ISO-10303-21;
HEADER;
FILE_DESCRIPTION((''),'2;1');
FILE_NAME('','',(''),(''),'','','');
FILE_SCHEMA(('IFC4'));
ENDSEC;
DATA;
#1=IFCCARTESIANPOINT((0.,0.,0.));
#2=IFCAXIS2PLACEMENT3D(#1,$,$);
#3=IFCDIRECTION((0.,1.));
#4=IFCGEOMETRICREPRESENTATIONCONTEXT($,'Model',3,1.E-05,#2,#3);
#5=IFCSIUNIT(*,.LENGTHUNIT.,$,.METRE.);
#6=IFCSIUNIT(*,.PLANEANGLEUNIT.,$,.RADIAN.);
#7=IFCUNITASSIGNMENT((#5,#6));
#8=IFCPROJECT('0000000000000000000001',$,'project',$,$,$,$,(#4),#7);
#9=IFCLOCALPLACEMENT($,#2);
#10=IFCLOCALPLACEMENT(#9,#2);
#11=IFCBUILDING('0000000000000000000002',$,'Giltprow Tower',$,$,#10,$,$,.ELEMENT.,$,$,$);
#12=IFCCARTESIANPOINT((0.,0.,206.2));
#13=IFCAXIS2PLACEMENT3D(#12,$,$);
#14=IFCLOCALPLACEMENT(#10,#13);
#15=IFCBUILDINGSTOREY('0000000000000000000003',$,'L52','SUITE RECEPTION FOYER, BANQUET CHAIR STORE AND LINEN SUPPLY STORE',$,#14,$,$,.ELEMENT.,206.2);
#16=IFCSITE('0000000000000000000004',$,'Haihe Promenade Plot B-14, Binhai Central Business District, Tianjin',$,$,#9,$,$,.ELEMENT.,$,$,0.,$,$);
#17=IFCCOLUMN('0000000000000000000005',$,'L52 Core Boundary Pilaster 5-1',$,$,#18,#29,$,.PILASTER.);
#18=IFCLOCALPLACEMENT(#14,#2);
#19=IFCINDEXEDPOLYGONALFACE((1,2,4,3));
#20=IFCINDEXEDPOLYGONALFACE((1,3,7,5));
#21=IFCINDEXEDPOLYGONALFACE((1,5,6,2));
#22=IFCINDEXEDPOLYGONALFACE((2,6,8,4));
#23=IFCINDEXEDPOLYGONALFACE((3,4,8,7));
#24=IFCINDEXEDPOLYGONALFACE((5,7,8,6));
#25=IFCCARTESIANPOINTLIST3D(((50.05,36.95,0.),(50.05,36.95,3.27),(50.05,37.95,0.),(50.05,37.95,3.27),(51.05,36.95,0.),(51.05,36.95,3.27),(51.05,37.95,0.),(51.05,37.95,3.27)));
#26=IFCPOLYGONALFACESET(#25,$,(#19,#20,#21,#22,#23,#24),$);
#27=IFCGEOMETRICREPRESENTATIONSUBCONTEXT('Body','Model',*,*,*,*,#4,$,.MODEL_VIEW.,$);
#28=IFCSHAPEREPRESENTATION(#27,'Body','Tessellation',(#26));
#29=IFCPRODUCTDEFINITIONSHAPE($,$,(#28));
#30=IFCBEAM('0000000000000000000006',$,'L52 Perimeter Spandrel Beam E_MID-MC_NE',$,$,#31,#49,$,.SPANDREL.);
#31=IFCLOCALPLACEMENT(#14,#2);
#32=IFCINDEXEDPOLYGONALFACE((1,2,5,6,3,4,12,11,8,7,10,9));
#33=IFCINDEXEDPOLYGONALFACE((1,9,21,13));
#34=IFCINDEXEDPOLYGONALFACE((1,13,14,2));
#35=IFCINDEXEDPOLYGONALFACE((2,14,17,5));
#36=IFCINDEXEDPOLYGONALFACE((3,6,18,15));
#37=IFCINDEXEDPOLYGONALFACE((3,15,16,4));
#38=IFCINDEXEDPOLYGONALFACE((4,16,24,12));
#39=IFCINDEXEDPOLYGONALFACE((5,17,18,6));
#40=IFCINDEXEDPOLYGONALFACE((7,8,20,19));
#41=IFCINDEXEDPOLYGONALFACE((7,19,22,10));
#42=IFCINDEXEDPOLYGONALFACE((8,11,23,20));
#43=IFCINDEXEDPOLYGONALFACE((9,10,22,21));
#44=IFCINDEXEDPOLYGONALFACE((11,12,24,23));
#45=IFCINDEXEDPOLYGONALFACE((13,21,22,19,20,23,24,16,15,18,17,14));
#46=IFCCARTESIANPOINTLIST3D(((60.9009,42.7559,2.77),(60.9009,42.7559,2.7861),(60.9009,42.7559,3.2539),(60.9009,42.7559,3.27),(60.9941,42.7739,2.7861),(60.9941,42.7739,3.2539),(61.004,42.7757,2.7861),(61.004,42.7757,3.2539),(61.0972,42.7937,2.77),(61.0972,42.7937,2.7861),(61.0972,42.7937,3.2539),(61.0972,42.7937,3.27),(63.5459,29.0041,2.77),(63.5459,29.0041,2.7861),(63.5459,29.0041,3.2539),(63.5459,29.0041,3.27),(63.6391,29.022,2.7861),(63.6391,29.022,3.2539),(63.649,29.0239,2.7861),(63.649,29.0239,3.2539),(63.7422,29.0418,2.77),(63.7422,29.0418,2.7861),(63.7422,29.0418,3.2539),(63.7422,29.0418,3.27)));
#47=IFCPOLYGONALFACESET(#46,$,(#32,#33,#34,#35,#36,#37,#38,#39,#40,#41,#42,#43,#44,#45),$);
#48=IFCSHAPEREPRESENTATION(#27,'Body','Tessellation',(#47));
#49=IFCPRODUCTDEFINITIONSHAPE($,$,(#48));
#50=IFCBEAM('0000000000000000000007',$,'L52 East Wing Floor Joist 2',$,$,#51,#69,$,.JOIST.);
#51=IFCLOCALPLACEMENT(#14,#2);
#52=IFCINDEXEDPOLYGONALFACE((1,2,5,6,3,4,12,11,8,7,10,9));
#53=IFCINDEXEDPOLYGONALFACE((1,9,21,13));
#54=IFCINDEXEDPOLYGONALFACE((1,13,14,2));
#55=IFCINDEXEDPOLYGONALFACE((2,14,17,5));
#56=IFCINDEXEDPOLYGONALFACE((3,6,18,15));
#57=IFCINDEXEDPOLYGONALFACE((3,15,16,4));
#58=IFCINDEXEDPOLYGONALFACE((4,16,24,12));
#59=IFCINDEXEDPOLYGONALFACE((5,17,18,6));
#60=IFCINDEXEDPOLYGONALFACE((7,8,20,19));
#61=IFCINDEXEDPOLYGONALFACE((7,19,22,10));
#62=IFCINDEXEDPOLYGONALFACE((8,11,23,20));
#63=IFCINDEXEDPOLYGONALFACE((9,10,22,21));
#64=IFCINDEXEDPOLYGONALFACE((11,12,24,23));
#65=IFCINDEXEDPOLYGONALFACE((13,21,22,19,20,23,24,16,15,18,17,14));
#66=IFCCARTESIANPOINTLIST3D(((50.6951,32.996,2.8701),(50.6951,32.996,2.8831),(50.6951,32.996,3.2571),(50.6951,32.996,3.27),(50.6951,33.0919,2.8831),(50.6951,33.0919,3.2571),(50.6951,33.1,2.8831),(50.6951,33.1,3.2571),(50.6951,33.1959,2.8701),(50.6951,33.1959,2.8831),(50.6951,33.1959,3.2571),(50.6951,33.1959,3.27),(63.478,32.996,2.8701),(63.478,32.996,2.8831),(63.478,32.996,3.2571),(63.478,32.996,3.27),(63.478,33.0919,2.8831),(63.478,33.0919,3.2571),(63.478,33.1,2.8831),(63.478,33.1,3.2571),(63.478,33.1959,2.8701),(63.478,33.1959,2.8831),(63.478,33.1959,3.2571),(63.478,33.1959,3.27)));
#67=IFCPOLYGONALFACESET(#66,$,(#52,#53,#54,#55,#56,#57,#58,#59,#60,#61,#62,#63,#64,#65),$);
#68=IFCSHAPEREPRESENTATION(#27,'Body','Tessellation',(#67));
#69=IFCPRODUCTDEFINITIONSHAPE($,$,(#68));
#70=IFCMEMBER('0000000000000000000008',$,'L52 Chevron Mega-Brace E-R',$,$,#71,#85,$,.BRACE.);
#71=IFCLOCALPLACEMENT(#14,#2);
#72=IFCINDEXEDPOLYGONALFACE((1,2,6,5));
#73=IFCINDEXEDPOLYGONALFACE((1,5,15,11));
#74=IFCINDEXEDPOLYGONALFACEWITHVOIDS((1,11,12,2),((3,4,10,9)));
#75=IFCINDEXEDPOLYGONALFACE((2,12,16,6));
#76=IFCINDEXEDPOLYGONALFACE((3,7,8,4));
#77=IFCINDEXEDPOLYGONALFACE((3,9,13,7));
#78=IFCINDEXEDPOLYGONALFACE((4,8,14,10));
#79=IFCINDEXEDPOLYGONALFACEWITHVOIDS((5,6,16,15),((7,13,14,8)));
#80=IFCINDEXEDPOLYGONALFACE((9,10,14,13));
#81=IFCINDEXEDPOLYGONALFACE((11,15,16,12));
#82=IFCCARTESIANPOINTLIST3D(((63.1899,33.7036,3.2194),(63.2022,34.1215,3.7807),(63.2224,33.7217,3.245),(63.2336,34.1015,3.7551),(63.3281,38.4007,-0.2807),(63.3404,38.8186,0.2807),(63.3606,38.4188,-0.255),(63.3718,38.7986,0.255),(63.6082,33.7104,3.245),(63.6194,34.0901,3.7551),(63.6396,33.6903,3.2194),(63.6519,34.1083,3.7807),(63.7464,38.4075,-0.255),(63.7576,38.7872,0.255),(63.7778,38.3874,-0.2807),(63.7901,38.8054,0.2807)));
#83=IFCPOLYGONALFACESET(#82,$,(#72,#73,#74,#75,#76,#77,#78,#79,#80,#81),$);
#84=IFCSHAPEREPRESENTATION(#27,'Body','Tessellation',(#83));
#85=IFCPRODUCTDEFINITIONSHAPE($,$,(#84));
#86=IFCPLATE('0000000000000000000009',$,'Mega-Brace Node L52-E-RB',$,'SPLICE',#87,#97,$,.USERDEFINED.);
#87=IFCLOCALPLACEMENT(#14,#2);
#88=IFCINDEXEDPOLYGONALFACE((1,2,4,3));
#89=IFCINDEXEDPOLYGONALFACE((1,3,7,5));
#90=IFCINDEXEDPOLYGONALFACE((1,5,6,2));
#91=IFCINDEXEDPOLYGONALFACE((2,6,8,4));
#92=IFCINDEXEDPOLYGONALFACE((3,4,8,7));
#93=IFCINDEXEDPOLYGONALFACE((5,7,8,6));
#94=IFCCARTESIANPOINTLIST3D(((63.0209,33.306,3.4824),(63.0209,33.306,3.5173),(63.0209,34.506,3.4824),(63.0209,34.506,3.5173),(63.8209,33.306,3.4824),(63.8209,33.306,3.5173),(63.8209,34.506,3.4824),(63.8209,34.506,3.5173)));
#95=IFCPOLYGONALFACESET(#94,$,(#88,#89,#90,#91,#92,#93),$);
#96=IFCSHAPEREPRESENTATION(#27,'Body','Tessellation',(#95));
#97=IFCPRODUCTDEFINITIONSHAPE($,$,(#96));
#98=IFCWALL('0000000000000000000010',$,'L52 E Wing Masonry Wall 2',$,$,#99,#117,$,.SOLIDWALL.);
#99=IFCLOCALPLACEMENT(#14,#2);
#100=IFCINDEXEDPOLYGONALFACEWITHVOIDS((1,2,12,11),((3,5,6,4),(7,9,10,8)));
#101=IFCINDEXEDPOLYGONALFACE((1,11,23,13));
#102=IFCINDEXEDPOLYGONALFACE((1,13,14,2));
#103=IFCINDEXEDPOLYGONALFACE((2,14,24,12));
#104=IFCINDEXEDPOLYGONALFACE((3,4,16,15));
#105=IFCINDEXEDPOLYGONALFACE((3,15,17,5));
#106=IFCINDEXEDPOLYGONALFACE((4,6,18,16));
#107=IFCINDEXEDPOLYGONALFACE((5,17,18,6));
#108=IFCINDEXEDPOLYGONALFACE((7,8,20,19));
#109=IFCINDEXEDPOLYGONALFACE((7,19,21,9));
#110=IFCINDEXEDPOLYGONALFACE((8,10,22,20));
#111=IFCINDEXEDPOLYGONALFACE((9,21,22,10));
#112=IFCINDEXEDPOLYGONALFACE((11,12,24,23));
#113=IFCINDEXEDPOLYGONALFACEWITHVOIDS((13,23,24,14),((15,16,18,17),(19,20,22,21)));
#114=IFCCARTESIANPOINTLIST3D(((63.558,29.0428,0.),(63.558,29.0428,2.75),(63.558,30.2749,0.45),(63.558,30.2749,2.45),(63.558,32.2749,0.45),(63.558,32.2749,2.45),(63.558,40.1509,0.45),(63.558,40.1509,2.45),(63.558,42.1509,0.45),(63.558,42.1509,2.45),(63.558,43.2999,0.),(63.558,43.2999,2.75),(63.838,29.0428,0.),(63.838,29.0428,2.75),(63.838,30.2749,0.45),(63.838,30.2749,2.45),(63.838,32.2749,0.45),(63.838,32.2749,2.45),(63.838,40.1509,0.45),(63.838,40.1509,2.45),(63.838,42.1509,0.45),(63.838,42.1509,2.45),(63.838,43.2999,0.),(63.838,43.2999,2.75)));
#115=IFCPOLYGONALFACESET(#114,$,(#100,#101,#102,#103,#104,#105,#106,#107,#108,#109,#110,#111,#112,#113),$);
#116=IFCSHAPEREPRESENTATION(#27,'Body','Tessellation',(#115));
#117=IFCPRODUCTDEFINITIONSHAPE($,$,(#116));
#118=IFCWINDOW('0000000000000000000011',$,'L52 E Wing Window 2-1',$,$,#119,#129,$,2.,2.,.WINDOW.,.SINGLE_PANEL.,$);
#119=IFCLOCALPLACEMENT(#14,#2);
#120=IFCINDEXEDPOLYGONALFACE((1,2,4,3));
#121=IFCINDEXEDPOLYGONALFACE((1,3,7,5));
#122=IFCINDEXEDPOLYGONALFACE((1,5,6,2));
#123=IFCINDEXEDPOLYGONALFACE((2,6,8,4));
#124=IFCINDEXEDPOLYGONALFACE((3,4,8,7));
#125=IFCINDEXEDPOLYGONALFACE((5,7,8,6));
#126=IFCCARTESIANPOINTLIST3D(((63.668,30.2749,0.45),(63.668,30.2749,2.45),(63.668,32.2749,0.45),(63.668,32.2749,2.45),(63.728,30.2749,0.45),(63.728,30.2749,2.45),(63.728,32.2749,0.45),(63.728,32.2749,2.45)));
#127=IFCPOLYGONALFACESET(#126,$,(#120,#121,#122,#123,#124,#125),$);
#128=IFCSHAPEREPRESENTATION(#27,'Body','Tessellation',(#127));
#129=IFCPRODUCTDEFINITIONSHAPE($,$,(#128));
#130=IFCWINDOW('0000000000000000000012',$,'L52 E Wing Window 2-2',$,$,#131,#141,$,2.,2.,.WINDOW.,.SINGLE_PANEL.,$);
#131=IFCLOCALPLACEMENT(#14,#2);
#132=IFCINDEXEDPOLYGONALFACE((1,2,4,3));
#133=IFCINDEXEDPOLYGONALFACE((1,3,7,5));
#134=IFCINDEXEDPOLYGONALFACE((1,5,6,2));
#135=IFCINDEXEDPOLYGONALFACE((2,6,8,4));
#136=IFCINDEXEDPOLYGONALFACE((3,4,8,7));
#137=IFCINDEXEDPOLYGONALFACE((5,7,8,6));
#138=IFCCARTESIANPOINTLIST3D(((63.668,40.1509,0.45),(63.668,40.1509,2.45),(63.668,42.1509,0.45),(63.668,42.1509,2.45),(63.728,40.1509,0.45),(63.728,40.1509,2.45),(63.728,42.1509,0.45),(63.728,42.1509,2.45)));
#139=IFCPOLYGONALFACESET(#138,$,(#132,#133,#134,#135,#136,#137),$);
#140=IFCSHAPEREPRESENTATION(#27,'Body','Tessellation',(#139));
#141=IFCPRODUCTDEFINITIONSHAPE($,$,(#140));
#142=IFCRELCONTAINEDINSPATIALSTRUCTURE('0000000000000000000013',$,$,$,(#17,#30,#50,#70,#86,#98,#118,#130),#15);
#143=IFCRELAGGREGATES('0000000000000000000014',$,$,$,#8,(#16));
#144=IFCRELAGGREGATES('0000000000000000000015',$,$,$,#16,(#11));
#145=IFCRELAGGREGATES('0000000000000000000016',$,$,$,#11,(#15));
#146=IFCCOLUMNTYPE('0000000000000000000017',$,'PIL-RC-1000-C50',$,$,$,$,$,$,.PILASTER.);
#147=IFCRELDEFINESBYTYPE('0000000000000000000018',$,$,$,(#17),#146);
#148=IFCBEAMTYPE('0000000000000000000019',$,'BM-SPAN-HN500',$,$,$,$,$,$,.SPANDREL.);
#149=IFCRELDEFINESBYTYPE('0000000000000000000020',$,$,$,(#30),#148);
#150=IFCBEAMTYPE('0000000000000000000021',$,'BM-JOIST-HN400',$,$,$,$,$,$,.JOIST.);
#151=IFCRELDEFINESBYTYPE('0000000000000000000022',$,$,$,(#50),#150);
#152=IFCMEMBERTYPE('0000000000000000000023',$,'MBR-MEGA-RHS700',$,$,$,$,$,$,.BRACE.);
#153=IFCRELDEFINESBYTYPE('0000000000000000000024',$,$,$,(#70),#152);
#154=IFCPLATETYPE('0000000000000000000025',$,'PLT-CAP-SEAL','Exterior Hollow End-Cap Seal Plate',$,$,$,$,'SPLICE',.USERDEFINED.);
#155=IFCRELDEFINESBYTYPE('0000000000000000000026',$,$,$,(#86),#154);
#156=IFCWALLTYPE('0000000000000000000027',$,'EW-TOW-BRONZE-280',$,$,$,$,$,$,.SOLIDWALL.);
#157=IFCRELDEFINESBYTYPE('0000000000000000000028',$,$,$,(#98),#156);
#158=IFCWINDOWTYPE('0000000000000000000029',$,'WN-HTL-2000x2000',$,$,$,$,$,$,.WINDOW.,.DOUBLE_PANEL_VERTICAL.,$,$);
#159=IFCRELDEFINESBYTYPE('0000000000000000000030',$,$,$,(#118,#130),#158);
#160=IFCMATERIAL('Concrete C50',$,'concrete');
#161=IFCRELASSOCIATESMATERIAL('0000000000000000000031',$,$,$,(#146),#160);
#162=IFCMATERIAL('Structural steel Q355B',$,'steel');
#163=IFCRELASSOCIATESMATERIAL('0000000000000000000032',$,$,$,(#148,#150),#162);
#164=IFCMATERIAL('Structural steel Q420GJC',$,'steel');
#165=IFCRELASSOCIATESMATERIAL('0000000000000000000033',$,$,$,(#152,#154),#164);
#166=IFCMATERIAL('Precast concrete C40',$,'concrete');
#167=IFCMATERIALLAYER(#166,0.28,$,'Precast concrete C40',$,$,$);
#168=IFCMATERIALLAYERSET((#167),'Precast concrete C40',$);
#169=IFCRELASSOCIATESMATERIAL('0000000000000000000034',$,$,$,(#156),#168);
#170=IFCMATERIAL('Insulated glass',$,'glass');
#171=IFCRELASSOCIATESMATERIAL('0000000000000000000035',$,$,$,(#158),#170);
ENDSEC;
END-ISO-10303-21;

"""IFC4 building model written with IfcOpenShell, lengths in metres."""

from ifc_helpers import new_model, si_unit, direction, frame, frame_2d, origin, origin_2d, place, context, subcontext, project, spatial, rectangle, hollow_rectangle, i_section, extrude, source, transform, mapped, material, layer, layer_set, material_profile, profile_set, type_object, element, fill, save


model = new_model("IFC4")

# Units and contexts
model_context = context("Model", 3, precision=1e-05, world=origin(), true_north=direction((0.0, 1.0)))
body_context = subcontext(model_context, "Body", "Model", "MODEL_VIEW")
ifc_project = project(units=[si_unit("LENGTHUNIT", "METRE"), si_unit("PLANEANGLEUNIT", "RADIAN")], contexts=[model_context])

# Site, building, storey
site_placement = place(None, origin())
site = spatial("IfcSite", under=ifc_project, at=site_placement, Name="Haihe Promenade Plot B-14, Binhai Central Business District, Tianjin", CompositionType="ELEMENT", RefElevation=0.0)
building_placement = place(site_placement, origin())
building = spatial("IfcBuilding", under=site, at=building_placement, Name="Giltprow Tower", CompositionType="ELEMENT")
storey_placement = place(building_placement, frame((0.0, 0.0, 206.2)))
storey = spatial("IfcBuildingStorey", under=building, at=storey_placement, Name="L52", Description="SUITE RECEPTION FOYER, BANQUET CHAIR STORE AND LINEN SUPPLY STORE", CompositionType="ELEMENT", Elevation=206.2)

# Column
ifc_material_1 = material(Name="Concrete C50", Category="concrete")
ifc_material_profile_1 = material_profile(ifc_material_1, rectangle(XDim=1.0, YDim=1.0, at=origin_2d()), Name="RC 1000x1000")
ifc_profile_set_1 = profile_set([ifc_material_profile_1], Name="Concrete C50")
column_type = type_object("IfcColumnType", Name="PIL-RC-1000-C50", PredefinedType="PILASTER", material=ifc_profile_set_1)
shared_shape_1 = source(origin(), body_context, "Body", "SweptSolid", [
    extrude(rectangle(XDim=1.0, YDim=1.0, at=origin_2d()), origin(), (0.0, 0.0, 1.0), 3.27),
])
column_placement = place(storey_placement, frame((50.55, 37.45, 0.0), z_axis=(0.0, 0.0, 1.0), x_axis=(1.0, 0.0, 0.0)))
element("IfcColumn", 1, at=column_placement, inside=storey, type_object=column_type, Name="L52 Core Boundary Pilaster 5-1", PredefinedType="PILASTER", context=body_context, shape_type="MappedRepresentation", body=[
    mapped(shared_shape_1, transform((0.0, 0.0, 0.0), x_axis=(1.0, 0.0, 0.0), y_axis=(0.0, 1.0, 0.0), z_axis=(0.0, 0.0, 1.0), scale=1.0)),
])

# Beams
ifc_material_2 = material(Name="Structural steel Q355B", Category="steel")
ifc_material_profile_2 = material_profile(ifc_material_2, i_section(OverallWidth=0.2, OverallDepth=0.5, WebThickness=0.01, FlangeThickness=0.0161, at=origin_2d()), Name="HN 500x200x10x16")
ifc_profile_set_2 = profile_set([ifc_material_profile_2], Name="Structural steel Q355B")
beam_type_1 = type_object("IfcBeamType", Name="BM-SPAN-HN500", PredefinedType="SPANDREL", material=ifc_profile_set_2)
shared_shape_2 = source(origin(), body_context, "Body", "SweptSolid", [
    extrude(i_section(OverallWidth=0.2, OverallDepth=0.5, WebThickness=0.01, FlangeThickness=0.0161, at=origin_2d()), origin(), (0.0, 0.0, 1.0), 14.0039),
])
beam_1_placement = place(storey_placement, frame((63.644, 29.0229, 3.02), z_axis=(-0.188876, 0.982001, 0.0), x_axis=(-0.982001, -0.188876, 0.0)))
element("IfcBeam", 2, at=beam_1_placement, inside=storey, type_object=beam_type_1, Name="L52 Perimeter Spandrel Beam E_MID-MC_NE", PredefinedType="SPANDREL", context=body_context, shape_type="MappedRepresentation", body=[
    mapped(shared_shape_2, transform((0.0, 0.0, 0.0), x_axis=(1.0, 0.0, 0.0), y_axis=(0.0, 1.0, 0.0), z_axis=(0.0, 0.0, 1.0), scale=1.0)),
])
ifc_material_profile_3 = material_profile(ifc_material_2, i_section(OverallWidth=0.2, OverallDepth=0.3999, WebThickness=0.0081, FlangeThickness=0.0129, at=origin_2d()), Name="HN 400x200x8x13")
ifc_profile_set_3 = profile_set([ifc_material_profile_3], Name="Structural steel Q355B")
beam_type_2 = type_object("IfcBeamType", Name="BM-JOIST-HN400", PredefinedType="JOIST", material=ifc_profile_set_3)
shared_shape_3 = source(origin(), body_context, "Body", "SweptSolid", [
    extrude(i_section(OverallWidth=0.2, OverallDepth=0.3999, WebThickness=0.0081, FlangeThickness=0.0129, at=origin_2d()), origin(), (0.0, 0.0, 1.0), 12.783),
])
beam_2_placement = place(storey_placement, frame((50.6951, 33.0959, 3.0701), z_axis=(1.0, 0.0, 0.0), x_axis=(0.0, 1.0, 0.0)))
element("IfcBeam", 3, at=beam_2_placement, inside=storey, type_object=beam_type_2, Name="L52 East Wing Floor Joist 2", PredefinedType="JOIST", context=body_context, shape_type="MappedRepresentation", body=[
    mapped(shared_shape_3, transform((0.0, 0.0, 0.0), x_axis=(1.0, 0.0, 0.0), y_axis=(0.0, 1.0, 0.0), z_axis=(0.0, 0.0, 1.0), scale=1.0)),
])

# Member
ifc_material_3 = material(Name="Structural steel Q420GJC", Category="steel")
ifc_material_profile_4 = material_profile(ifc_material_3, hollow_rectangle(XDim=0.45, YDim=0.7, WallThickness=0.032, at=origin_2d()), Name="RHS 700x450x32")
ifc_profile_set_4 = profile_set([ifc_material_profile_4], Name="Structural steel Q420GJC")
member_type = type_object("IfcMemberType", Name="MBR-MEGA-RHS700", PredefinedType="BRACE", material=ifc_profile_set_4)
shared_shape_4 = source(origin(), body_context, "Body", "SweptSolid", [
    extrude(hollow_rectangle(XDim=0.45, YDim=0.7, WallThickness=0.032, at=origin_2d()), origin(), (0.0, 0.0, 1.0), 5.8594),
])
member_placement = place(storey_placement, frame((63.5591, 38.603, 0.0), z_axis=(-0.023584, -0.801639, 0.597344), x_axis=(0.999568, -0.029407, 0.0)))
element("IfcMember", 4, at=member_placement, inside=storey, type_object=member_type, Name="L52 Chevron Mega-Brace E-R", PredefinedType="BRACE", context=body_context, shape_type="MappedRepresentation", body=[
    mapped(shared_shape_4, transform((0.0, 0.0, 0.0), x_axis=(1.0, 0.0, 0.0), y_axis=(0.0, 1.0, 0.0), z_axis=(0.0, 0.0, 1.0), scale=1.0)),
])

# Plate
plate_type = type_object("IfcPlateType", Name="PLT-CAP-SEAL", Description="Exterior Hollow End-Cap Seal Plate", ElementType="SPLICE", PredefinedType="USERDEFINED", material=ifc_material_3)
shared_shape_5 = source(origin(), body_context, "Body", "SweptSolid", [
    extrude(rectangle(XDim=1.2, YDim=0.8, at=origin_2d()), origin(), (0.0, 0.0, 1.0), 0.0349),
])
plate_placement = place(storey_placement, frame((63.4209, 33.906, 3.4824), z_axis=(0.0, 0.0, 1.0), x_axis=(0.0, 1.0, 0.0)))
element("IfcPlate", 5, at=plate_placement, inside=storey, type_object=plate_type, Name="Mega-Brace Node L52-E-RB", ObjectType="SPLICE", PredefinedType="USERDEFINED", context=body_context, shape_type="MappedRepresentation", body=[
    mapped(shared_shape_5, transform((0.0, 0.0, 0.0), x_axis=(1.0, 0.0, 0.0), y_axis=(0.0, 1.0, 0.0), z_axis=(0.0, 0.0, 1.0), scale=1.0)),
])

# Wall, openings, windows
ifc_material_4 = material(Name="Precast concrete C40", Category="concrete")
ifc_layer_1 = layer(ifc_material_4, 0.28, Name="Precast concrete C40")
ifc_layer_set_1 = layer_set([ifc_layer_1], Name="Precast concrete C40")
wall_type_1 = type_object("IfcWallType", Name="EW-TOW-BRONZE-280", PredefinedType="SOLIDWALL", material=ifc_layer_set_1)
wall_1_placement = place(storey_placement, frame((63.698, 29.043, 0.0), z_axis=(0.0, 0.0, 1.0), x_axis=(0.0, 1.0, 0.0)))
wall_1 = element("IfcWall", 6, at=wall_1_placement, inside=storey, type_object=wall_type_1, Name="L52 E Wing Masonry Wall 2", PredefinedType="SOLIDWALL", context=body_context, shape_type="SweptSolid", body=[
    extrude(rectangle(XDim=14.2571, YDim=0.28, at=frame_2d((7.1284, 0.0))), origin(), (0.0, 0.0, 1.0), 2.75),
])
opening_1_placement = place(wall_1_placement, frame((1.2319, 0.0, 0.45)))
opening_1 = element("IfcOpeningElement", 7, at=opening_1_placement, cuts=wall_1, PredefinedType="OPENING", context=body_context, shape_type="SweptSolid", body=[
    extrude(rectangle(XDim=2.0, YDim=2.0, at=frame_2d((1.0, 1.0))), frame((0.0, 0.1499, 0.0), z_axis=(0.0, -1.0, 0.0), x_axis=(1.0, 0.0, 0.0)), (0.0, 0.0, 1.0), 0.3),
])
opening_2_placement = place(wall_1_placement, frame((11.1079, 0.0, 0.45)))
opening_2 = element("IfcOpeningElement", 8, at=opening_2_placement, cuts=wall_1, PredefinedType="OPENING", context=body_context, shape_type="SweptSolid", body=[
    extrude(rectangle(XDim=2.0, YDim=2.0, at=frame_2d((1.0, 1.0))), frame((0.0, 0.1499, 0.0), z_axis=(0.0, -1.0, 0.0), x_axis=(1.0, 0.0, 0.0)), (0.0, 0.0, 1.0), 0.3),
])
ifc_material_5 = material(Name="Insulated glass", Category="glass")
window_type = type_object("IfcWindowType", Name="WN-HTL-2000x2000", PartitioningType="DOUBLE_PANEL_VERTICAL", PredefinedType="WINDOW", material=ifc_material_5)
shared_shape_6 = source(origin(), body_context, "Body", "SweptSolid", [
    extrude(rectangle(XDim=2.0, YDim=2.0, at=frame_2d((1.0, 1.0))), frame((0.0, 0.03, 0.0), z_axis=(0.0, -1.0, 0.0), x_axis=(1.0, 0.0, 0.0)), (0.0, 0.0, 1.0), 0.0601),
])
window_1_placement = place(opening_1_placement, origin())
window_1 = element("IfcWindow", 9, at=window_1_placement, inside=storey, type_object=window_type, Name="L52 E Wing Window 2-1", OverallHeight=2.0, OverallWidth=2.0, PartitioningType="SINGLE_PANEL", PredefinedType="WINDOW", context=body_context, shape_type="MappedRepresentation", body=[
    mapped(shared_shape_6, transform((0.0, 0.0, 0.0), x_axis=(1.0, 0.0, 0.0), y_axis=(0.0, 1.0, 0.0), z_axis=(0.0, 0.0, 1.0), scale=1.0)),
])
fill(opening_1, window_1)
window_2_placement = place(opening_2_placement, origin())
window_2 = element("IfcWindow", 10, at=window_2_placement, inside=storey, type_object=window_type, Name="L52 E Wing Window 2-2", OverallHeight=2.0, OverallWidth=2.0, PartitioningType="SINGLE_PANEL", PredefinedType="WINDOW", context=body_context, shape_type="MappedRepresentation", body=[
    mapped(shared_shape_6, transform((0.0, 0.0, 0.0), x_axis=(1.0, 0.0, 0.0), y_axis=(0.0, 1.0, 0.0), z_axis=(0.0, 0.0, 1.0), scale=1.0)),
])
fill(opening_2, window_2)

save(model, "model.ifc")
